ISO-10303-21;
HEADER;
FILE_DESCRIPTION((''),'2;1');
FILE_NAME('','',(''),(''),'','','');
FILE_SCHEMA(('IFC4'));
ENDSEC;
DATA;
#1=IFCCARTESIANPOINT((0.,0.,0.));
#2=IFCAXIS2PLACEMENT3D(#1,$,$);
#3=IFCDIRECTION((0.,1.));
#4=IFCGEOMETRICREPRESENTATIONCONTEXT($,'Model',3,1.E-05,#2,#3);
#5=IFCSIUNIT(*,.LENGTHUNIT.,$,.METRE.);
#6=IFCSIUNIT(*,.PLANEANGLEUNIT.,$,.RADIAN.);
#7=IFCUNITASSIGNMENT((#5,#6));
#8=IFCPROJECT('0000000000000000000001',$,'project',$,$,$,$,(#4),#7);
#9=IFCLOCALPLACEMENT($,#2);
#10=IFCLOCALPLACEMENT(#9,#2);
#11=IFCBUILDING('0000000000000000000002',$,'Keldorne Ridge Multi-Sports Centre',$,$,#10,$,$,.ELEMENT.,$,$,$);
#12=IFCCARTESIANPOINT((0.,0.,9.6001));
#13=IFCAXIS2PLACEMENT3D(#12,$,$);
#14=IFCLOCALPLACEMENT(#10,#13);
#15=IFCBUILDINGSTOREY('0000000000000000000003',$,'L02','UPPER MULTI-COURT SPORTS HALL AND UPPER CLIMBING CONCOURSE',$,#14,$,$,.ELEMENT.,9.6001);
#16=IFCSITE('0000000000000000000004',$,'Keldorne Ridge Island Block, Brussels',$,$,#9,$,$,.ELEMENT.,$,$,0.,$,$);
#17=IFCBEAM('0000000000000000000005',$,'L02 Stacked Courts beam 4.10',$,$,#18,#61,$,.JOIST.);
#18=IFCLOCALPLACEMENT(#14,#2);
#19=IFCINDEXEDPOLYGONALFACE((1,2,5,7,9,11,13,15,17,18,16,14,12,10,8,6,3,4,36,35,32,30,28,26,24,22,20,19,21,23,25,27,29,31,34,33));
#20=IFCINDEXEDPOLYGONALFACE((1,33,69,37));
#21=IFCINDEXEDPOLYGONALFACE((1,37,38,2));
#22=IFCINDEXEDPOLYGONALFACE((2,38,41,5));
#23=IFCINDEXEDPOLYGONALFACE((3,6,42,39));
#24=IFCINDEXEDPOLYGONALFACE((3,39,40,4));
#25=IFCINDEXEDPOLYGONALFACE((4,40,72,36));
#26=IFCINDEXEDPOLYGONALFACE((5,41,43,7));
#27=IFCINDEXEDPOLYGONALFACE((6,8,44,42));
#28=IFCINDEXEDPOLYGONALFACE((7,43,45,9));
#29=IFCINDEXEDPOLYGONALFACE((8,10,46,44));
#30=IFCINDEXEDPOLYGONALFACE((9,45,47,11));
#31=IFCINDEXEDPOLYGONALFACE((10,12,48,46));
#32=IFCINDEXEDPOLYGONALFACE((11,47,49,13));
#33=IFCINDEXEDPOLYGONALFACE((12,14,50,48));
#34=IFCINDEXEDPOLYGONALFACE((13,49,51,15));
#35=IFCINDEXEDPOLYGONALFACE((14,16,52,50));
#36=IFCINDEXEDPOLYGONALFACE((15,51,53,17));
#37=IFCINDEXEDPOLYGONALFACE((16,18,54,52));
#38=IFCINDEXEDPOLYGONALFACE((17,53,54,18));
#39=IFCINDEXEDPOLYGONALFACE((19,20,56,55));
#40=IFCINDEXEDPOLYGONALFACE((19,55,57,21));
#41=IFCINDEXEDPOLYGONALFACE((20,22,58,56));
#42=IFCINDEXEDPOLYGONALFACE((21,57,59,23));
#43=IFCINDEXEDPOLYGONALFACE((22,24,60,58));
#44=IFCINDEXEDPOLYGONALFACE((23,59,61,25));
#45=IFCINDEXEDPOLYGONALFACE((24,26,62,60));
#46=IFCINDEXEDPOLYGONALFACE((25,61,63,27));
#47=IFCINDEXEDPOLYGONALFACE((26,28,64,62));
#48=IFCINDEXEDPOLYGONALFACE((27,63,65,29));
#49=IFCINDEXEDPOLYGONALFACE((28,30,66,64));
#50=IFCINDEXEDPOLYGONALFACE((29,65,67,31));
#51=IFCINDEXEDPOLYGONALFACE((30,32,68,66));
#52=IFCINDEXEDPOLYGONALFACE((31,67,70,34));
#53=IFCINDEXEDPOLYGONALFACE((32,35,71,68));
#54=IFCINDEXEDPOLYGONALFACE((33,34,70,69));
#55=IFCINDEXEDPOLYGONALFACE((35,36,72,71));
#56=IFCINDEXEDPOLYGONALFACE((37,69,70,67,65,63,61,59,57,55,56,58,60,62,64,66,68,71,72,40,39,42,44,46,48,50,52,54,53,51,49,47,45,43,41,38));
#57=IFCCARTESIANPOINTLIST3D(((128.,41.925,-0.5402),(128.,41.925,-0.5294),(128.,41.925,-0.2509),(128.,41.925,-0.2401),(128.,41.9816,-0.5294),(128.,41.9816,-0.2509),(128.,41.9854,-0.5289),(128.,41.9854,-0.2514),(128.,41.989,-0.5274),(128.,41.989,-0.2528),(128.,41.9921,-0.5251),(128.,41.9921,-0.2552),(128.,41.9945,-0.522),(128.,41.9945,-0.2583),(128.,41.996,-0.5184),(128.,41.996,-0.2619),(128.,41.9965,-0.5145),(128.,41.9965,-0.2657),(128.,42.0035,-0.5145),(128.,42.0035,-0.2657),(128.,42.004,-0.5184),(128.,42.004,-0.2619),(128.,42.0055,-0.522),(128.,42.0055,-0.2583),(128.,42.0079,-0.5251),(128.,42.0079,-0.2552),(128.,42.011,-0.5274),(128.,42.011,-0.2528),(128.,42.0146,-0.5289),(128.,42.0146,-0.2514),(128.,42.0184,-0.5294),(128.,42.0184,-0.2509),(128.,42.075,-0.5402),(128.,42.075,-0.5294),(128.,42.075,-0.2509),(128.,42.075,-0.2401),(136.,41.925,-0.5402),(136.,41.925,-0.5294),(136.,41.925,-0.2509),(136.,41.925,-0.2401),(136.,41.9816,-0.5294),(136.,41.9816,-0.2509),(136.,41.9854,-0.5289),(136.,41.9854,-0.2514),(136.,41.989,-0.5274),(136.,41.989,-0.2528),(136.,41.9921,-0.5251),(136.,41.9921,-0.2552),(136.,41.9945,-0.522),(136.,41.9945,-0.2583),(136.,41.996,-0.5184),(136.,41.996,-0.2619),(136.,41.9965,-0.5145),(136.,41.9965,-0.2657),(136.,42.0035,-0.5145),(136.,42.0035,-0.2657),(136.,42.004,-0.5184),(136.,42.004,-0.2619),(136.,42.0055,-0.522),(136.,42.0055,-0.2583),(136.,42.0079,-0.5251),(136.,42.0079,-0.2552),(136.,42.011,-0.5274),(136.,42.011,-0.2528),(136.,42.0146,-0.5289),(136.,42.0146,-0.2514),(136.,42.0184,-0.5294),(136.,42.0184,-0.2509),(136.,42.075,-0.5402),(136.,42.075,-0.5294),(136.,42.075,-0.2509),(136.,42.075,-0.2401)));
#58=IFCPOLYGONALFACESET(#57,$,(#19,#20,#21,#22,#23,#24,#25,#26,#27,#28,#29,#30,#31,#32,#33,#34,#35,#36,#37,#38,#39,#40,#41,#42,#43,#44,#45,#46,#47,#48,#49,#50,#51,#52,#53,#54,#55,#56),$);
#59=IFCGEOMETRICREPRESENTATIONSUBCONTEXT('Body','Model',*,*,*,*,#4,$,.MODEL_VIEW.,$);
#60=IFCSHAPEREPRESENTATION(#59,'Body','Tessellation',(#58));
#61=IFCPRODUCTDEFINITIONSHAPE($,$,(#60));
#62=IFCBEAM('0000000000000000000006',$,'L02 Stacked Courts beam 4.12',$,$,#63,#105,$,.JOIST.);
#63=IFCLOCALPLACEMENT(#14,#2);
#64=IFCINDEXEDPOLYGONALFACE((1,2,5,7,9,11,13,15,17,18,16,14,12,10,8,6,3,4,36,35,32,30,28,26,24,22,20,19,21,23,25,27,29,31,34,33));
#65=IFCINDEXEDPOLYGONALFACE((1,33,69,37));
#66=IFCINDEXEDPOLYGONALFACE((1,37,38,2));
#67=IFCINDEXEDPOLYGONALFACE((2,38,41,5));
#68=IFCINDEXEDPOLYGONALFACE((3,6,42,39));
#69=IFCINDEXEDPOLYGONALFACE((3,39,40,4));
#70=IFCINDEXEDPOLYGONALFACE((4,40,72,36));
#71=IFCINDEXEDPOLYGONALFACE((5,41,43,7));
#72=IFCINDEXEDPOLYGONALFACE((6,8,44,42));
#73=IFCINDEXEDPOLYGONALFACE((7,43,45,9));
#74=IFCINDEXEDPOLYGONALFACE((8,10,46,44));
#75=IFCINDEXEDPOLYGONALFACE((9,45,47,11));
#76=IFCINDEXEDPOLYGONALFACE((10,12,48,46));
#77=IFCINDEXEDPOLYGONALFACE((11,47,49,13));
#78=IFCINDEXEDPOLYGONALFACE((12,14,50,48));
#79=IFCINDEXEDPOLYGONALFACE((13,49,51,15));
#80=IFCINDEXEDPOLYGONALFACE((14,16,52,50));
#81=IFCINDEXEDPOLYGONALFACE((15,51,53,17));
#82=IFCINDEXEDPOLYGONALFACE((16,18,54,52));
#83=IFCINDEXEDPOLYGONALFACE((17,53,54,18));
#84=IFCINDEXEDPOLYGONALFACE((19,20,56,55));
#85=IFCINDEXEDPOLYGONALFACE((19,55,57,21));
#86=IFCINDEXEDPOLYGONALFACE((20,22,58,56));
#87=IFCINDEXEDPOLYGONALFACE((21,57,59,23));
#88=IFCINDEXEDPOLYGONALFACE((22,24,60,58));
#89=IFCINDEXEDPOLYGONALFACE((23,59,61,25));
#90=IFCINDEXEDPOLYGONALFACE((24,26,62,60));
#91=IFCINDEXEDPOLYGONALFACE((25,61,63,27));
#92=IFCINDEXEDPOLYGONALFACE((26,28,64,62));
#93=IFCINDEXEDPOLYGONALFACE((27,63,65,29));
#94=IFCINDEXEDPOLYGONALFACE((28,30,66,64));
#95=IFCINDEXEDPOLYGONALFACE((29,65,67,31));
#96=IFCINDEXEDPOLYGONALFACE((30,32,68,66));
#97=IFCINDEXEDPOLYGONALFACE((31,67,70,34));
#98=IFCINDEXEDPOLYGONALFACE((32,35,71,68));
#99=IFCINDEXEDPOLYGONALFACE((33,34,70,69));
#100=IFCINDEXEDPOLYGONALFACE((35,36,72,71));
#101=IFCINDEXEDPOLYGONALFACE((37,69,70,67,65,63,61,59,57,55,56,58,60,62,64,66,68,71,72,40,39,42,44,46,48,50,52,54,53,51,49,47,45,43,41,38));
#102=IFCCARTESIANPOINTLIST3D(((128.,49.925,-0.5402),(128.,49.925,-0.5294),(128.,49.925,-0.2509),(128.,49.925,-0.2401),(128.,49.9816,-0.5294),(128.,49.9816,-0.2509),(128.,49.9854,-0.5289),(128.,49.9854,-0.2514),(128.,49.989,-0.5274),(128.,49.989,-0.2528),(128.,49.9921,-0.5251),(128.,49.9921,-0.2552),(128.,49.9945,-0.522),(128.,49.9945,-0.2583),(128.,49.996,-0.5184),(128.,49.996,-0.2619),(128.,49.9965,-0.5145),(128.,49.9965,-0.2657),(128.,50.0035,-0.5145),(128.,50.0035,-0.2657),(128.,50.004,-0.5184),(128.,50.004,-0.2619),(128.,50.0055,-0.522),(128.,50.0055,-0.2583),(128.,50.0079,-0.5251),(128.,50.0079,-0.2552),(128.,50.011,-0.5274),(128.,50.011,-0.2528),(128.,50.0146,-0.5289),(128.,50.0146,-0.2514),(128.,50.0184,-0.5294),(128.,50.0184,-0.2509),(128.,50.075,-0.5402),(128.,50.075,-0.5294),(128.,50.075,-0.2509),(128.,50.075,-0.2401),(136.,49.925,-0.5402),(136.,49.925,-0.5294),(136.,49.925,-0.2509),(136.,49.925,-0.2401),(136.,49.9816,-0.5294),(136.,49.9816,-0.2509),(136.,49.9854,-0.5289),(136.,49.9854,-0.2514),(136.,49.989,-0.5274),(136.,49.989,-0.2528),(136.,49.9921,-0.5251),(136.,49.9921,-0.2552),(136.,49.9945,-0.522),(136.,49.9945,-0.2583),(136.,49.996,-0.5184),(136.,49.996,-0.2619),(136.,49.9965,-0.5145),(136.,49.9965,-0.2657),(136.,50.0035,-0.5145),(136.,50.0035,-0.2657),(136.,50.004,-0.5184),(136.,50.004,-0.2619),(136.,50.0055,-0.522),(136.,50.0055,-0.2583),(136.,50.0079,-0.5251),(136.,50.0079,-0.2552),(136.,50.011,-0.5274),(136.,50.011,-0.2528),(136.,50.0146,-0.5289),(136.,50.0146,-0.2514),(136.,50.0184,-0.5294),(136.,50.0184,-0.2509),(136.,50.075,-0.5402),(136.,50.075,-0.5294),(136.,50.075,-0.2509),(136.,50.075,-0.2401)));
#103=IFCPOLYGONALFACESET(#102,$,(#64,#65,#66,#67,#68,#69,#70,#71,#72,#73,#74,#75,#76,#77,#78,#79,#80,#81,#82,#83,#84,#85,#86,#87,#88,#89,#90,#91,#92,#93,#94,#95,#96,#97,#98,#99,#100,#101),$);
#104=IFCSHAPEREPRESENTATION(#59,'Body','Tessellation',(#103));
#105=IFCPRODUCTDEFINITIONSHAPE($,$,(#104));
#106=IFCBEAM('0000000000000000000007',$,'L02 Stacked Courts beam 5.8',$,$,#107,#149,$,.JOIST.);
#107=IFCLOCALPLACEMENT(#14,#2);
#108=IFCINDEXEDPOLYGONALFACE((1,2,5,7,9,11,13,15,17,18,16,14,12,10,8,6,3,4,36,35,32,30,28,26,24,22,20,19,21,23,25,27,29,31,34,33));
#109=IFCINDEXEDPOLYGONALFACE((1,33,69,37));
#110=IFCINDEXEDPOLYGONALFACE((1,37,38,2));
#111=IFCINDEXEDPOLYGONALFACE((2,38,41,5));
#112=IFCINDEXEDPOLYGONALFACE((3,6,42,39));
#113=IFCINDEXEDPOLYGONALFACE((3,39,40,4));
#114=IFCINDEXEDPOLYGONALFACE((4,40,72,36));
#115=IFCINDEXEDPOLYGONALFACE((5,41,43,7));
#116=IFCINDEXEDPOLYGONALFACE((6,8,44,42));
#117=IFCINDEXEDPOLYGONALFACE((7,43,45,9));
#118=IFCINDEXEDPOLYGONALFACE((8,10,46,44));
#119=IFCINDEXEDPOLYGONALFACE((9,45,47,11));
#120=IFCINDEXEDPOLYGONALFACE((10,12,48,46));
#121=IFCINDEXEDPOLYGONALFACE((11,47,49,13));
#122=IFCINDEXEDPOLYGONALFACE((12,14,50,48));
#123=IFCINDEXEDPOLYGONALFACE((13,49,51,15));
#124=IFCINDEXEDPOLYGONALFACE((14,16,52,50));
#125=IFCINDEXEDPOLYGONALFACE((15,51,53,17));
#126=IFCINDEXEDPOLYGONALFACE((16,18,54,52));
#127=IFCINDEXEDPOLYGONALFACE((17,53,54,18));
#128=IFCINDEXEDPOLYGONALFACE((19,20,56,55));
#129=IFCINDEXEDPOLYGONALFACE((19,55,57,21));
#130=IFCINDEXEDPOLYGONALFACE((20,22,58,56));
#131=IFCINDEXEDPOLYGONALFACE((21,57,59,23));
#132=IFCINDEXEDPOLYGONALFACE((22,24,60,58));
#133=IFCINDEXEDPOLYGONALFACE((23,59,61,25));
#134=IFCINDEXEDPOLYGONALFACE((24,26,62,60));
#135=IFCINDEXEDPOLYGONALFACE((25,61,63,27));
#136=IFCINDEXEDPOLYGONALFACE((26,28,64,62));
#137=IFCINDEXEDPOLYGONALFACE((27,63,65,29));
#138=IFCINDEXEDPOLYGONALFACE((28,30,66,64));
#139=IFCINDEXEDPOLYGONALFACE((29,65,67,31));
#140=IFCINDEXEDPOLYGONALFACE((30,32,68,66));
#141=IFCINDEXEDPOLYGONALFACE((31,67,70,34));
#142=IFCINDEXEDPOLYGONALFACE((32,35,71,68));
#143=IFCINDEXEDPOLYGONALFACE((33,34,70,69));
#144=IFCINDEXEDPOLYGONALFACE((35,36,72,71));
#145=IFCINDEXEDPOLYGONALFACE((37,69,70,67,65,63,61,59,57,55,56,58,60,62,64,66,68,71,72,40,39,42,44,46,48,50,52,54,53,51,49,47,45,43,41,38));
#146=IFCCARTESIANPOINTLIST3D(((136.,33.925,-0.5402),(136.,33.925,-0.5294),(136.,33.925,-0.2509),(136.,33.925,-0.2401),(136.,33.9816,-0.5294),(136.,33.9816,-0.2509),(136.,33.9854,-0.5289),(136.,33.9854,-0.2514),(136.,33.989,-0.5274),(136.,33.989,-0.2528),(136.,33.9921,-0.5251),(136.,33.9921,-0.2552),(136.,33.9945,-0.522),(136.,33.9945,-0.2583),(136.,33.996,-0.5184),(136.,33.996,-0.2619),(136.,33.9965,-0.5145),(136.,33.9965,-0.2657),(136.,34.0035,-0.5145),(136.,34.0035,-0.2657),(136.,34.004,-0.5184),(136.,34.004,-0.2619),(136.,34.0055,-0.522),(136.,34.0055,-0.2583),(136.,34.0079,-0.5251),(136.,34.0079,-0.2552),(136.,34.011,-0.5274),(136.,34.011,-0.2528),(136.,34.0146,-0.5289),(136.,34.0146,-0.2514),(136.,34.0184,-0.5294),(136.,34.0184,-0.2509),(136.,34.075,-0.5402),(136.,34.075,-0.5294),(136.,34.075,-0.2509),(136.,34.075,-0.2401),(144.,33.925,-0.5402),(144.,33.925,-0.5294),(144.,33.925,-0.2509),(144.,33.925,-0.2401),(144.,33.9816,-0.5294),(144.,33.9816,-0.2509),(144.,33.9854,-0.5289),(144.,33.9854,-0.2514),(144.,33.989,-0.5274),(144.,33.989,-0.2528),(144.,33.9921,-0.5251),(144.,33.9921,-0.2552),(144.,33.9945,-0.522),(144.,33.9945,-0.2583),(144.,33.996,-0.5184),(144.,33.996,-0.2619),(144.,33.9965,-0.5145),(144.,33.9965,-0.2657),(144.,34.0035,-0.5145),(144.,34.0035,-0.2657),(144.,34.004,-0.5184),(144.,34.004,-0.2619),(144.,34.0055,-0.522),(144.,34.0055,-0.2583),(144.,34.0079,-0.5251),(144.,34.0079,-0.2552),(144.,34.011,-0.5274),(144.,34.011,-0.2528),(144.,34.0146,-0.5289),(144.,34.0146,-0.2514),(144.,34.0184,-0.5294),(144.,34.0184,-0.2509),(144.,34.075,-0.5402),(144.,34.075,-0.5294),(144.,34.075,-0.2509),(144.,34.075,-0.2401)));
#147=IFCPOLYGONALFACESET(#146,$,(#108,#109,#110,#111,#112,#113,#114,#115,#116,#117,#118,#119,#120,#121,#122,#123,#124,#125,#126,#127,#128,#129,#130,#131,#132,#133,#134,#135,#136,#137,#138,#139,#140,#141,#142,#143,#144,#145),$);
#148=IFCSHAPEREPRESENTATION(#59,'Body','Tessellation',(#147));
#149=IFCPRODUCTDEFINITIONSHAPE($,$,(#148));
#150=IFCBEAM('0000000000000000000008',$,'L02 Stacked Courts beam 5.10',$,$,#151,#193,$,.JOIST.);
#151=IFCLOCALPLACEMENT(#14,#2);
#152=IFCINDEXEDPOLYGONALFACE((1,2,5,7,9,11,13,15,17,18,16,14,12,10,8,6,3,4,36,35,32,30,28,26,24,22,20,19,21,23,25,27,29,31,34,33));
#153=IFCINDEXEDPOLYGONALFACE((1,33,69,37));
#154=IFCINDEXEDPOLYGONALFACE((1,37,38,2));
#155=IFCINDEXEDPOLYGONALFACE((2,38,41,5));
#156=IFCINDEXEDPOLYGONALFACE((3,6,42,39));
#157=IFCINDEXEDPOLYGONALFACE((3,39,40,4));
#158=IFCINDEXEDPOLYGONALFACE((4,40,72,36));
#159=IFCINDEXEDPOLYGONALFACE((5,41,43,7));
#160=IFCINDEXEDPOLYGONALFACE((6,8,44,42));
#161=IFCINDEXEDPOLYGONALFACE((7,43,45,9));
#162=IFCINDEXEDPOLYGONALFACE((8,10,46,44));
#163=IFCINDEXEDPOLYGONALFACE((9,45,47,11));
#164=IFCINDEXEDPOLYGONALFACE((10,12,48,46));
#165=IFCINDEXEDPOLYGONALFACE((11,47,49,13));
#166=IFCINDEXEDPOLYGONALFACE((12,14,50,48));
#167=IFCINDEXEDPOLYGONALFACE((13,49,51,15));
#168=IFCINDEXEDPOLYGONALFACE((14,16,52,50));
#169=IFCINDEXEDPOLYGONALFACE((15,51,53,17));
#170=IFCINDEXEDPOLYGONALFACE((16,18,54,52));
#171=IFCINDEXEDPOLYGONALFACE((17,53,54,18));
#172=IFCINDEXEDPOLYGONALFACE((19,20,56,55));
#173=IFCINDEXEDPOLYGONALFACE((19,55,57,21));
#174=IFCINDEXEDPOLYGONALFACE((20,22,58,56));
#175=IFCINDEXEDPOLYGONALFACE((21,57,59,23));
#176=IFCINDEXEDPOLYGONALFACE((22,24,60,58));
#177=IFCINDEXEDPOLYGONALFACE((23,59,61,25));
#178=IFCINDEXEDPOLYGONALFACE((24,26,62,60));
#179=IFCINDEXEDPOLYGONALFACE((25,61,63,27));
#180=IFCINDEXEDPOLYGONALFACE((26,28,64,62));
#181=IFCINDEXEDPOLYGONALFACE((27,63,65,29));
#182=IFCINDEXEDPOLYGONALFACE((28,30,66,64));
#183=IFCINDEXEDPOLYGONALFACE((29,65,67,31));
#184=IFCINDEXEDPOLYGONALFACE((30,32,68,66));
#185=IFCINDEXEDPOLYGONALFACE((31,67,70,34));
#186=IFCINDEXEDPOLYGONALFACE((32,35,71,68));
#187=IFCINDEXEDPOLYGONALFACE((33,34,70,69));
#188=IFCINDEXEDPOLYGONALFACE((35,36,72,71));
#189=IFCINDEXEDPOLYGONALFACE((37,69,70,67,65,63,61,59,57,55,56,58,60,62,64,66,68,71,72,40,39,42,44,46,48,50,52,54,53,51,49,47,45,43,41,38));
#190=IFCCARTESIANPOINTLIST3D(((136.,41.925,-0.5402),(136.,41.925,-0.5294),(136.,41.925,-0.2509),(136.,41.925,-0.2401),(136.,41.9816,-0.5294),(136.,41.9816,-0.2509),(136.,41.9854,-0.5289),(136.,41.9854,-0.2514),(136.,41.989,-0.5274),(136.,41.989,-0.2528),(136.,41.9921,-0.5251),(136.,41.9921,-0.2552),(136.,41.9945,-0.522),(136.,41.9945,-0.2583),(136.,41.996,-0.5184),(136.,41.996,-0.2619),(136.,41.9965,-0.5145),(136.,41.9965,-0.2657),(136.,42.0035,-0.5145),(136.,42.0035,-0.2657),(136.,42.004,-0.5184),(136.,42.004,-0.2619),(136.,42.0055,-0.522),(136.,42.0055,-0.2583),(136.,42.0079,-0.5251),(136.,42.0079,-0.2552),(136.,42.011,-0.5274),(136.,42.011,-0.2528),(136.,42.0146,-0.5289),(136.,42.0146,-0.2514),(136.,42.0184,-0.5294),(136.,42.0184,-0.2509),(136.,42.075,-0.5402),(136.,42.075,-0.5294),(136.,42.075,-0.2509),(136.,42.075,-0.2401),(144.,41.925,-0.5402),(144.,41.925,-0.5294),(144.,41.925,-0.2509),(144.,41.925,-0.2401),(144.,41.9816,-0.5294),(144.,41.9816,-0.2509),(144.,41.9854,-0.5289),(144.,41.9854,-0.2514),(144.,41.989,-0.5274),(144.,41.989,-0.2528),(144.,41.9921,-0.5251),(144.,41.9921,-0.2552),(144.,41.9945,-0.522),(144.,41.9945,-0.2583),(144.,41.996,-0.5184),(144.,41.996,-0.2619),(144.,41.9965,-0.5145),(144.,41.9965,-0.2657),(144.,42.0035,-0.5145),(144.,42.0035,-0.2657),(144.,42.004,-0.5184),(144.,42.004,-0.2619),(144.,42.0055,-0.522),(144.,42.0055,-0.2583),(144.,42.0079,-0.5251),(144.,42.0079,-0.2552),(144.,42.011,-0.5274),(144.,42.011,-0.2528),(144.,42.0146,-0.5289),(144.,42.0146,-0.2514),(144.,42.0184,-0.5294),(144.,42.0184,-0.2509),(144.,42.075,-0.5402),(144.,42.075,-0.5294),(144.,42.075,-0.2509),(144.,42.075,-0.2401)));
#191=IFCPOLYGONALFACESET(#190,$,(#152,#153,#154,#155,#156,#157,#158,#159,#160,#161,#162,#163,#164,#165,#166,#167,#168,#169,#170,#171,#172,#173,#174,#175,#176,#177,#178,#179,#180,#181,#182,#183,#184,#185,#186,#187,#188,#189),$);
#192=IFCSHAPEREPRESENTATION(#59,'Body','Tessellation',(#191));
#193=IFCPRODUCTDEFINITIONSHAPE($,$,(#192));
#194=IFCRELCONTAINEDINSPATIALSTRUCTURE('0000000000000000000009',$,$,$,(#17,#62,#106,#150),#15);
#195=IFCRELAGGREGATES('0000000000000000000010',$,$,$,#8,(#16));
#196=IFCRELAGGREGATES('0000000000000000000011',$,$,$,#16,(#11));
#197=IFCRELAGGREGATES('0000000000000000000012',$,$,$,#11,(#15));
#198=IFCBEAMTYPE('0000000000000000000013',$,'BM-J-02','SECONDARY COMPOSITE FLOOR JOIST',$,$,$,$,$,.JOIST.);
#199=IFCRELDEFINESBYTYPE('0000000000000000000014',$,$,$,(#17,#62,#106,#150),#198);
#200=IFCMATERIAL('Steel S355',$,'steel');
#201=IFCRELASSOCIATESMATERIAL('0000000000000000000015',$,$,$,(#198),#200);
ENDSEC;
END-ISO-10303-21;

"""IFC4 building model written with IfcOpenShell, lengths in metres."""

from ifc_helpers import new_model, si_unit, direction, frame, origin, origin_2d, place, context, subcontext, project, spatial, i_section, extrude, material, material_profile, profile_set, type_object, element, save


model = new_model("IFC4")

# Units and contexts
model_context = context("Model", 3, precision=1e-05, world=origin(), true_north=direction((0.0, 1.0)))
body_context = subcontext(model_context, "Body", "Model", "MODEL_VIEW")
ifc_project = project(units=[si_unit("LENGTHUNIT", "METRE"), si_unit("PLANEANGLEUNIT", "RADIAN")], contexts=[model_context])

# Site, building, storey
site_placement = place(None, origin())
site = spatial("IfcSite", under=ifc_project, at=site_placement, Name="Keldorne Ridge Island Block, Brussels", CompositionType="ELEMENT", RefElevation=0.0)
building_placement = place(site_placement, origin())
building = spatial("IfcBuilding", under=site, at=building_placement, Name="Keldorne Ridge Multi-Sports Centre", CompositionType="ELEMENT")
storey_placement = place(building_placement, frame((0.0, 0.0, 9.6001)))
storey = spatial("IfcBuildingStorey", under=building, at=storey_placement, Name="L02", Description="UPPER MULTI-COURT SPORTS HALL AND UPPER CLIMBING CONCOURSE", CompositionType="ELEMENT", Elevation=9.6001)

# Beams
ifc_material_1 = material(Name="Steel S355", Category="steel")
ifc_material_profile_1 = material_profile(ifc_material_1, i_section(OverallWidth=0.1499, OverallDepth=0.3, WebThickness=0.0071, FlangeThickness=0.0107, FilletRadius=0.0149, at=origin_2d()), Name="IPE 300")
ifc_profile_set_1 = profile_set([ifc_material_profile_1], Name="Steel S355")
beam_type_1 = type_object("IfcBeamType", Name="BM-J-02", Description="SECONDARY COMPOSITE FLOOR JOIST", PredefinedType="JOIST", material=ifc_profile_set_1)
for number, where, z_axis, x_axis, name in (
    (1, (128.0, 42.0, -0.3901), (1.0, 0.0, 0.0), (0.0, 1.0, 0.0), "L02 Stacked Courts beam 4.10"),
    (2, (128.0, 50.0, -0.3901), (1.0, 0.0, 0.0), (0.0, 1.0, 0.0), "L02 Stacked Courts beam 4.12"),
    (3, (136.0, 34.0, -0.3901), (1.0, 0.0, 0.0), (0.0, 1.0, 0.0), "L02 Stacked Courts beam 5.8"),
    (4, (136.0, 42.0, -0.3901), (1.0, 0.0, 0.0), (0.0, 1.0, 0.0), "L02 Stacked Courts beam 5.10"),
):
    element("IfcBeam", number, at=place(storey_placement, frame(where, z_axis=z_axis, x_axis=x_axis)), inside=storey, type_object=beam_type_1, Name=name, PredefinedType="JOIST", context=body_context, shape_type="SweptSolid", body=[
        extrude(i_section(OverallWidth=0.1499, OverallDepth=0.3, WebThickness=0.0071, FlangeThickness=0.0107, FilletRadius=0.0149, at=origin_2d()), origin(), (0.0, 0.0, 1.0), 8.0),
    ])

save(model, "model.ifc")
